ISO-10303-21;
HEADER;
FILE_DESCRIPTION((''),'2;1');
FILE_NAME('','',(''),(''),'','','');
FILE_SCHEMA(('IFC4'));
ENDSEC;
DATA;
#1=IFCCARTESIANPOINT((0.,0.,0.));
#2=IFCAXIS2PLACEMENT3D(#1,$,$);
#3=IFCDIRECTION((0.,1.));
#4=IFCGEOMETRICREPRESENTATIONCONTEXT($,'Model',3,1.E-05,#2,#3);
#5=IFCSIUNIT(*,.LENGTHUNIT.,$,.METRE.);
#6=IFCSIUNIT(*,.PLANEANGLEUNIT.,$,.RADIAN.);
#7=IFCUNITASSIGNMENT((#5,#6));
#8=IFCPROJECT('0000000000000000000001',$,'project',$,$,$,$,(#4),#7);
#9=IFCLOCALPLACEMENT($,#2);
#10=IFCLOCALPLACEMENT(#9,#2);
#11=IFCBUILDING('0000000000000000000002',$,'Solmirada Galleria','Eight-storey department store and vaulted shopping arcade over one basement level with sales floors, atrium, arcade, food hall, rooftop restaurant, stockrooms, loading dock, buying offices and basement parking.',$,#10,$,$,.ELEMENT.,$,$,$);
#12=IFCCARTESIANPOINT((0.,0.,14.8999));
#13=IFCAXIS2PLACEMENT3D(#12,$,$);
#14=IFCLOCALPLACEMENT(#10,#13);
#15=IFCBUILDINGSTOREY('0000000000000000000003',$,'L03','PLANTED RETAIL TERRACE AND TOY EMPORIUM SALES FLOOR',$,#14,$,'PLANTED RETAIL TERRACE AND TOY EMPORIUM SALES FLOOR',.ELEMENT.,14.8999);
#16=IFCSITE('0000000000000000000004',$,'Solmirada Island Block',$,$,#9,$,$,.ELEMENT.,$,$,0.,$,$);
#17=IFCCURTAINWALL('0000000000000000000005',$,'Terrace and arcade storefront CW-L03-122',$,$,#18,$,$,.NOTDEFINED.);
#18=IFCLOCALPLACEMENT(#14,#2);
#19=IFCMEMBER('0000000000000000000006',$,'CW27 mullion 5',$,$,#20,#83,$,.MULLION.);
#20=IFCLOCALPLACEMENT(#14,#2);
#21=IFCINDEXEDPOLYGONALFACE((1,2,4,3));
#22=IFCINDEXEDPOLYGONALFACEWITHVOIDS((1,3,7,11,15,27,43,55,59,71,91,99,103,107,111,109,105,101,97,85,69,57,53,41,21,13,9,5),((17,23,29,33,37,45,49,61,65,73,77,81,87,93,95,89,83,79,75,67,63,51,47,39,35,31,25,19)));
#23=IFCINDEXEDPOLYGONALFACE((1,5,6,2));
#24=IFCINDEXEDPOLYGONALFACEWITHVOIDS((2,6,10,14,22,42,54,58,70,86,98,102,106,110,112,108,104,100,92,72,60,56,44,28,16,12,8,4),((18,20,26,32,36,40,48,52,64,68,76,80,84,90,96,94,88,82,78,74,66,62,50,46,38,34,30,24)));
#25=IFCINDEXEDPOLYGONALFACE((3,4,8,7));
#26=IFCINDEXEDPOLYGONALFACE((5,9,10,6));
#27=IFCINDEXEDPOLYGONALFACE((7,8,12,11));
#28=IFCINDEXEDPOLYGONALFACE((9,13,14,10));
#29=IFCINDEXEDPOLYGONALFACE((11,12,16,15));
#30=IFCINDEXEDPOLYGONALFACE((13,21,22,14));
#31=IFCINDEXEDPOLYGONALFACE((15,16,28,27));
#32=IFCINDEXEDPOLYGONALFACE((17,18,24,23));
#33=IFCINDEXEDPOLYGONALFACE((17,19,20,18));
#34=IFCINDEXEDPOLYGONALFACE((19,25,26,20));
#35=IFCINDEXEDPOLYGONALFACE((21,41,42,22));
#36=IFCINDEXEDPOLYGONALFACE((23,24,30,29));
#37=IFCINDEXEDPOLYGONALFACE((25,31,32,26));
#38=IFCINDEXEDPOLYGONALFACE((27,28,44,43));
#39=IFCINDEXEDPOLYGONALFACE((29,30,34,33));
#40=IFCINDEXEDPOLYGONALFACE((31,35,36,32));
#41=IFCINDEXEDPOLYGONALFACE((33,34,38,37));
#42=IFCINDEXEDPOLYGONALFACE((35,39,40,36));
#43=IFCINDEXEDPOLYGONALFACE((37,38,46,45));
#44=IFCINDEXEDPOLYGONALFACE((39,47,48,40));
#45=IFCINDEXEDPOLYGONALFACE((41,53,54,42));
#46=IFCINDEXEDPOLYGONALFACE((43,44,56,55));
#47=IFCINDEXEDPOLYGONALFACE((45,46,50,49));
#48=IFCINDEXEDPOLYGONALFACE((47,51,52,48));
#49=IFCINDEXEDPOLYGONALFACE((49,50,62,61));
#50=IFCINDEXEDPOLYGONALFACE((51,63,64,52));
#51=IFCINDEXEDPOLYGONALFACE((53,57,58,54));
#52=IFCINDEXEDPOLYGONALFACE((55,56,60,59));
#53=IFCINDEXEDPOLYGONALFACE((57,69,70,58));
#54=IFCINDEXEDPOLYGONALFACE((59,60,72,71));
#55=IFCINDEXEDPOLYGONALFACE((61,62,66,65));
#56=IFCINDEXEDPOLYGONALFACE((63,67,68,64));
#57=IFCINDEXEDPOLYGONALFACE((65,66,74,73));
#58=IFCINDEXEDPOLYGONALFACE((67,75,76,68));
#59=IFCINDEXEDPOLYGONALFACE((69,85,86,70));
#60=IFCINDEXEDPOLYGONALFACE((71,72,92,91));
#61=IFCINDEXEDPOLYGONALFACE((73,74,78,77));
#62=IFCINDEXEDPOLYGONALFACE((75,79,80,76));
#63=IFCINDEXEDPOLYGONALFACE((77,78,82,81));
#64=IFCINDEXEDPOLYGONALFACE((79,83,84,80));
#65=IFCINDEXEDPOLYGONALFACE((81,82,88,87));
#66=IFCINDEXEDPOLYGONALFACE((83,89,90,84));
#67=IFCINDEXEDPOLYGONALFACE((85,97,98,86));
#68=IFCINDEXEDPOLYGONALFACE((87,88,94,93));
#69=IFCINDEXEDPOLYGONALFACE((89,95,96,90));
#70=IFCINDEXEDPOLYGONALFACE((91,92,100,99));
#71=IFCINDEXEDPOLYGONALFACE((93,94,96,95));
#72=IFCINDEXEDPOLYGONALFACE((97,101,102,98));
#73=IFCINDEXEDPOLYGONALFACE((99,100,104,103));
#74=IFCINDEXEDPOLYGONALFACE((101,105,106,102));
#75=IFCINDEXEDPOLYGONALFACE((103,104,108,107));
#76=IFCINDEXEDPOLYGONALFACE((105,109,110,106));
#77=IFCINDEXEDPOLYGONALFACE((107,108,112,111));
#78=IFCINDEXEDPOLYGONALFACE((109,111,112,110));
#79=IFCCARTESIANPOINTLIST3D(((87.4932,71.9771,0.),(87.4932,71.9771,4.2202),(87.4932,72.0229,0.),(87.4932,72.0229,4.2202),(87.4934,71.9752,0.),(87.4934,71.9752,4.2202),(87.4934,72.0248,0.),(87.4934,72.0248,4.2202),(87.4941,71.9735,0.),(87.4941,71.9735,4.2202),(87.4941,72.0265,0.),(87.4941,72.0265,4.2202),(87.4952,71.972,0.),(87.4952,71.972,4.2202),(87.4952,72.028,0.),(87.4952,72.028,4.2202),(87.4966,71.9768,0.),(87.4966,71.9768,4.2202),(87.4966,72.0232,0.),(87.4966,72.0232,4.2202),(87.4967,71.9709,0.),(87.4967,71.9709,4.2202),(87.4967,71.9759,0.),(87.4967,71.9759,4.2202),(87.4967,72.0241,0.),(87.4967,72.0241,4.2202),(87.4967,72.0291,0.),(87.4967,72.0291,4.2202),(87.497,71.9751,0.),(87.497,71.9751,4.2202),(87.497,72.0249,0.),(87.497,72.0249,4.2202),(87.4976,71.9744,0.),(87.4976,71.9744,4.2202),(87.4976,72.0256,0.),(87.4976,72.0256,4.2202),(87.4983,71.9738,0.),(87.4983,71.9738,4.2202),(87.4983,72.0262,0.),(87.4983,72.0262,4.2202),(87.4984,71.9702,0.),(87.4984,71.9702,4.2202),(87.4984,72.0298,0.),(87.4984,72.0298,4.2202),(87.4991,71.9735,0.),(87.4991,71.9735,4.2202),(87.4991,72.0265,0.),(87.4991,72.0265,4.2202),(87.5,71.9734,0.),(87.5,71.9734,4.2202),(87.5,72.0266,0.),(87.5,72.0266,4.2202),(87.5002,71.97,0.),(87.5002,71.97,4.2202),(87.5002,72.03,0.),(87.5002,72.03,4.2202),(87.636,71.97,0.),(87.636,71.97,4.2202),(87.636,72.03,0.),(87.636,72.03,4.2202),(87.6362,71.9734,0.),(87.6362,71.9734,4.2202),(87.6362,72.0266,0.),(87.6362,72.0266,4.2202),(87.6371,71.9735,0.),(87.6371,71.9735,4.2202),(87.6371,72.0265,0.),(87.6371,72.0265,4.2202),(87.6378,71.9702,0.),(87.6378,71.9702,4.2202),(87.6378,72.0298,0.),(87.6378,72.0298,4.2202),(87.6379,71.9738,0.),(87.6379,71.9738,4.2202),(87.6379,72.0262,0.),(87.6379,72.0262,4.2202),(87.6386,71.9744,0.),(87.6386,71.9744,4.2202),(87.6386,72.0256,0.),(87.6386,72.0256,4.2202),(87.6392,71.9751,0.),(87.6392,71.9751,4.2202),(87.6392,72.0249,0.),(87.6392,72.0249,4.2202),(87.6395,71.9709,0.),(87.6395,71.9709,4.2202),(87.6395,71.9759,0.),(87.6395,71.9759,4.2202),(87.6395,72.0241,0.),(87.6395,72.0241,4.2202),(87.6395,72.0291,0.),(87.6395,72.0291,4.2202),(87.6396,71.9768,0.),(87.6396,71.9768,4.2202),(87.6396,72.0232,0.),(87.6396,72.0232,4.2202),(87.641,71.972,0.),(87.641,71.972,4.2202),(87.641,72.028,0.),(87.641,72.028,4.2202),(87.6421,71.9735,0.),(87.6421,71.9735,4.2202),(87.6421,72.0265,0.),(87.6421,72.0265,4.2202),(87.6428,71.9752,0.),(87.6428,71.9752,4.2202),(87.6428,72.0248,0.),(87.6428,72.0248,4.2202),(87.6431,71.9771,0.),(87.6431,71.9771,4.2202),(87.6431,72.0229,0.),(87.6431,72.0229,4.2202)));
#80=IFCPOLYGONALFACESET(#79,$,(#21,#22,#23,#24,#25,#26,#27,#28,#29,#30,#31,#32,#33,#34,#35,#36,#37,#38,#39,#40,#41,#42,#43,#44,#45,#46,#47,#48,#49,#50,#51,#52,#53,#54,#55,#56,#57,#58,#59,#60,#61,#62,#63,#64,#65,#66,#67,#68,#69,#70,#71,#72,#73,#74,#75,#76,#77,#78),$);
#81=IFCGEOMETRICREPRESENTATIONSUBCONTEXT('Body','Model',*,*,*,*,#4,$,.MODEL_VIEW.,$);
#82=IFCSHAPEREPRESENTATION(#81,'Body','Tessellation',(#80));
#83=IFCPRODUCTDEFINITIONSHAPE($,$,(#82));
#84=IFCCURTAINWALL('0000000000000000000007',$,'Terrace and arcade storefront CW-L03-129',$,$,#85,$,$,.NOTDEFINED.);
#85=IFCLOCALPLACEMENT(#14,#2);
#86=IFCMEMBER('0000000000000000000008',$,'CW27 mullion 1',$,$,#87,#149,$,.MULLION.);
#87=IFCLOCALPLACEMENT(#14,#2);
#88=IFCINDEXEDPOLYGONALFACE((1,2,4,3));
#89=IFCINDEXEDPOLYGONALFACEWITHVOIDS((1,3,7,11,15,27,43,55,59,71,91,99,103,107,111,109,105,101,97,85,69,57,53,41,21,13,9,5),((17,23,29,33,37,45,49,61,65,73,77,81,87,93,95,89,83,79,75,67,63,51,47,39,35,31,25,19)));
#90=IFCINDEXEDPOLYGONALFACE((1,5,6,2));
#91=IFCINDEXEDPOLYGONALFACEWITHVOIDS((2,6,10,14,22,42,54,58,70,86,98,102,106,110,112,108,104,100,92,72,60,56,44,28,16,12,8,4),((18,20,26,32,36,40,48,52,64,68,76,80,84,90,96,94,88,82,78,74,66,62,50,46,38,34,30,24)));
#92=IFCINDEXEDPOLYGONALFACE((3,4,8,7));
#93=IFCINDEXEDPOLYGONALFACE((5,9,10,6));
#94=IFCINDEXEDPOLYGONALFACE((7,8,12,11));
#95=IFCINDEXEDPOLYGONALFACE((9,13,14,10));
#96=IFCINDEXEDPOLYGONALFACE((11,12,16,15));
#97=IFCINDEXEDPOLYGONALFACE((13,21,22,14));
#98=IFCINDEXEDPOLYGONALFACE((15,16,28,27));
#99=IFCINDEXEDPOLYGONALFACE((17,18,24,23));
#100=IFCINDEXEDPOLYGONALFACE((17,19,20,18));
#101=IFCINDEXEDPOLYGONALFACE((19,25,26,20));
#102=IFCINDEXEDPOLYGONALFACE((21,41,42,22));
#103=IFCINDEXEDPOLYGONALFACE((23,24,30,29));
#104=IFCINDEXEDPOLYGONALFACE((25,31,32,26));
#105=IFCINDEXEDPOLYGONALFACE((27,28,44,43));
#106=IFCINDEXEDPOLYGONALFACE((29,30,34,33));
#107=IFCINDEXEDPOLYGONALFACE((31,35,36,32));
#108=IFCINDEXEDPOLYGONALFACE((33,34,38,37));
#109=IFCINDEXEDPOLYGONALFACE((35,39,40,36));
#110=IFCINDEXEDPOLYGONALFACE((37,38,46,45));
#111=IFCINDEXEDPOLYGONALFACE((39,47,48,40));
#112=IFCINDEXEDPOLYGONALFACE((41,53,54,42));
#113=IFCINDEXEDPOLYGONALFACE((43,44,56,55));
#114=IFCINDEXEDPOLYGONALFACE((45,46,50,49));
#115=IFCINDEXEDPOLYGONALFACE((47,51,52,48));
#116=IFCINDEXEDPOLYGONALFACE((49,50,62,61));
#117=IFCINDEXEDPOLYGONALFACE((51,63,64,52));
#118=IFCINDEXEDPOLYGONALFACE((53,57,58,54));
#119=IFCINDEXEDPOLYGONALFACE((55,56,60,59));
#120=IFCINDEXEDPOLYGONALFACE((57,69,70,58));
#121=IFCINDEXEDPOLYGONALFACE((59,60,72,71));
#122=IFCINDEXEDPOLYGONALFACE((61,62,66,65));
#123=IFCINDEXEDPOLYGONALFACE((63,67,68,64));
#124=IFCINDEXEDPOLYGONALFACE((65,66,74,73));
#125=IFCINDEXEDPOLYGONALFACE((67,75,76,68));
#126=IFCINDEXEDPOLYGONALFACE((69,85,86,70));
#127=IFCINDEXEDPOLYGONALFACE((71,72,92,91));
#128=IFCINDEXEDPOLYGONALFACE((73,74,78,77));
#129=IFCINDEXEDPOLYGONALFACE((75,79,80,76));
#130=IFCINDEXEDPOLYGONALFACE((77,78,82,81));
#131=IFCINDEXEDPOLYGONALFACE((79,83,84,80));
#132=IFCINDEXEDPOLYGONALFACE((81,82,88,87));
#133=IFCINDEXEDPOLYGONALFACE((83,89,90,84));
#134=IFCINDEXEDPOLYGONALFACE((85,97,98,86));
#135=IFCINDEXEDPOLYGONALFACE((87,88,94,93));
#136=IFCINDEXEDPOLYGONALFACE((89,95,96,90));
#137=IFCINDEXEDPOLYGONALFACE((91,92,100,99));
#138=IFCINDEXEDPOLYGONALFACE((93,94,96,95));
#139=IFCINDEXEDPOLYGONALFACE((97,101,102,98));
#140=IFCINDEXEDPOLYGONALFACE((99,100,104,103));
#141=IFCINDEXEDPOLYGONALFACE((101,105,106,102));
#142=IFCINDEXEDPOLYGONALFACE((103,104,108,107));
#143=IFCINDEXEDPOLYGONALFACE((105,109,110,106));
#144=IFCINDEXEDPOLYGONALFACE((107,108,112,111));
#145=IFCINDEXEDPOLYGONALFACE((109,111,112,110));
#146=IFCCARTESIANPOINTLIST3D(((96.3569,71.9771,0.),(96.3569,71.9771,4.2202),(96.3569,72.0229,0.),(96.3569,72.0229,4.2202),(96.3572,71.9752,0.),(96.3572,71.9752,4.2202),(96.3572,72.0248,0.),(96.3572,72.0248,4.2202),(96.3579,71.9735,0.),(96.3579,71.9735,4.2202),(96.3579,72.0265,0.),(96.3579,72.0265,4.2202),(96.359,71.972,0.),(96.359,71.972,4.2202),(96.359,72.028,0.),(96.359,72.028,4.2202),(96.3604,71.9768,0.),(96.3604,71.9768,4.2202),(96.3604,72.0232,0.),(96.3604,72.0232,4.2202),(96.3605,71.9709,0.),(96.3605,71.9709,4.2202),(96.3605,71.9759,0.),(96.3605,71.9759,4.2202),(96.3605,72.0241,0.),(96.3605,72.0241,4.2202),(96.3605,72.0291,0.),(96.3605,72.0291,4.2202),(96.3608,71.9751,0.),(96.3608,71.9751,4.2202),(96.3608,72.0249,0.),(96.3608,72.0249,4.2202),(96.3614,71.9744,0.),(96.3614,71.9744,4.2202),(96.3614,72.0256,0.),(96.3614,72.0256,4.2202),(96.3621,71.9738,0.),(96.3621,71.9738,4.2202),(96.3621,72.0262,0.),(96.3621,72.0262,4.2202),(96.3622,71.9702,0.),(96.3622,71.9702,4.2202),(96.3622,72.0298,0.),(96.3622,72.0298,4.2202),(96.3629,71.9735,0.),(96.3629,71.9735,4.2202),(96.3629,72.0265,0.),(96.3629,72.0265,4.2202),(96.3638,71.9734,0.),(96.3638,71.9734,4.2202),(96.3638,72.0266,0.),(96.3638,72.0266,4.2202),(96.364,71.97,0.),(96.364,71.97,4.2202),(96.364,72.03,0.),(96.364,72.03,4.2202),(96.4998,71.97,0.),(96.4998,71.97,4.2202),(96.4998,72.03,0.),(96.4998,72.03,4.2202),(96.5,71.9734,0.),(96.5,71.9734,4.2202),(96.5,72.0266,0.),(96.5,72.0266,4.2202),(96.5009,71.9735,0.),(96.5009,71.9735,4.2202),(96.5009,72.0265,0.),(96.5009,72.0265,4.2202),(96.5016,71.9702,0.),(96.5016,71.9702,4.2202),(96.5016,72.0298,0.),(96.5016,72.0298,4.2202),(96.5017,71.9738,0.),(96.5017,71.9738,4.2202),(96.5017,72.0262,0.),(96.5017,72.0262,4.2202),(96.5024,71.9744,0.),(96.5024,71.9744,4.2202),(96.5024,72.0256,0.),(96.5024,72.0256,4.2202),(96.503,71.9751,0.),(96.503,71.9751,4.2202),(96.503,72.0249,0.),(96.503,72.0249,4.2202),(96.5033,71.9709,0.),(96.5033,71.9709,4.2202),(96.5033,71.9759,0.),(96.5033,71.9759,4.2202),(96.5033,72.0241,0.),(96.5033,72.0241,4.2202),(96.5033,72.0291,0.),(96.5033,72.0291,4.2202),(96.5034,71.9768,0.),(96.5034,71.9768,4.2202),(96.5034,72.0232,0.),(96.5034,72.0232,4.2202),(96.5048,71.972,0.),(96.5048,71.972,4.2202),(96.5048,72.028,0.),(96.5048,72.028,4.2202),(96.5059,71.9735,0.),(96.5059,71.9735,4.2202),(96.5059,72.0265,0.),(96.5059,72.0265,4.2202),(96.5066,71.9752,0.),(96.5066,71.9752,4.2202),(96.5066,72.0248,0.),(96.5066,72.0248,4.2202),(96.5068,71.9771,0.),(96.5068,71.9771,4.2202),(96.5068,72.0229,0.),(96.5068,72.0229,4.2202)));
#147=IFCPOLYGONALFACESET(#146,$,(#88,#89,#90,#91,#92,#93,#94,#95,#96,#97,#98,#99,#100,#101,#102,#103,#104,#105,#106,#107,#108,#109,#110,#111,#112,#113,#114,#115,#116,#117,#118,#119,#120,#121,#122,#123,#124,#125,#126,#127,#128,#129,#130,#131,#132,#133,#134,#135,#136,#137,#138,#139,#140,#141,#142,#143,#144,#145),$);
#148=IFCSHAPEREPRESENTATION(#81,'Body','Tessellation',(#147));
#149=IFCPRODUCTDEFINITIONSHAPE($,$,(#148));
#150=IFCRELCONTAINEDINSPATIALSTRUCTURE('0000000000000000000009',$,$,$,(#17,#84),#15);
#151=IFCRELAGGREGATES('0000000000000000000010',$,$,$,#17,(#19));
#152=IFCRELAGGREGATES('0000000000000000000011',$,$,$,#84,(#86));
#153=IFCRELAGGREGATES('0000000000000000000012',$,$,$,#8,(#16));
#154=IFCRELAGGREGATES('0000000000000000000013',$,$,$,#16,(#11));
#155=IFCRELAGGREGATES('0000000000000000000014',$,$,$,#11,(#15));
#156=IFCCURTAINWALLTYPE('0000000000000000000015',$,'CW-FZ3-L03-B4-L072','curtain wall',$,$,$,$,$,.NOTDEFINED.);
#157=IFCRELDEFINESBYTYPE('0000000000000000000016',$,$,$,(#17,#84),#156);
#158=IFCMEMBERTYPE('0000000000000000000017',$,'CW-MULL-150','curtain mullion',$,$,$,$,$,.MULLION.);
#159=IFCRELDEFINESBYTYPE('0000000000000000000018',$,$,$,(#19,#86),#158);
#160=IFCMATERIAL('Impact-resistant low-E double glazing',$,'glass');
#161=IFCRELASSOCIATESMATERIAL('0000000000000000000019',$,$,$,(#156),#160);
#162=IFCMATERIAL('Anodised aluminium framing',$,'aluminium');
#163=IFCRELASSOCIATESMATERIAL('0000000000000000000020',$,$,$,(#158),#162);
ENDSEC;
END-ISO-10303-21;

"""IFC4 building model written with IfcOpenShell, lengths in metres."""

from ifc_helpers import new_model, si_unit, direction, frame, origin, origin_2d, place, context, subcontext, project, spatial, hollow_rectangle, extrude, material, material_profile, profile_set, type_object, element, aggregate, save


model = new_model("IFC4")

# Units and contexts
model_context = context("Model", 3, precision=1e-05, world=origin(), true_north=direction((0.0, 1.0)))
body_context = subcontext(model_context, "Body", "Model", "MODEL_VIEW")
ifc_project = project(units=[si_unit("LENGTHUNIT", "METRE"), si_unit("PLANEANGLEUNIT", "RADIAN")], contexts=[model_context])

# Site, building, storey
site_placement = place(None, origin())
site = spatial("IfcSite", under=ifc_project, at=site_placement, Name="Solmirada Island Block", CompositionType="ELEMENT", RefElevation=0.0)
building_placement = place(site_placement, origin())
building = spatial("IfcBuilding", under=site, at=building_placement, Name="Solmirada Galleria", Description="Eight-storey department store and vaulted shopping arcade over one basement level with sales floors, atrium, arcade, food hall, rooftop restaurant, stockrooms, loading dock, buying offices and basement parking.", CompositionType="ELEMENT")
storey_placement = place(building_placement, frame((0.0, 0.0, 14.8999)))
storey = spatial("IfcBuildingStorey", under=building, at=storey_placement, Name="L03", Description="PLANTED RETAIL TERRACE AND TOY EMPORIUM SALES FLOOR", LongName="PLANTED RETAIL TERRACE AND TOY EMPORIUM SALES FLOOR", CompositionType="ELEMENT", Elevation=14.8999)

# Curtain wall, member
ifc_material_1 = material(Name="Impact-resistant low-E double glazing", Category="glass")
curtain_wall_type = type_object("IfcCurtainWallType", Name="CW-FZ3-L03-B4-L072", Description="curtain wall", PredefinedType="NOTDEFINED", material=ifc_material_1)
curtain_wall_1_placement = place(storey_placement, origin())
curtain_wall_1 = element("IfcCurtainWall", 1, at=curtain_wall_1_placement, inside=storey, type_object=curtain_wall_type, Name="Terrace and arcade storefront CW-L03-122", PredefinedType="NOTDEFINED")
ifc_material_2 = material(Name="Anodised aluminium framing", Category="aluminium")
ifc_material_profile_1 = material_profile(ifc_material_2, hollow_rectangle(XDim=0.0601, YDim=0.1499, WallThickness=0.0034, InnerFilletRadius=0.0034, OuterFilletRadius=0.0071, at=origin_2d()), Name="ALU-MULL-150X60")
ifc_profile_set_1 = profile_set([ifc_material_profile_1], Name="Anodised aluminium framing")
member_type_1 = type_object("IfcMemberType", Name="CW-MULL-150", Description="curtain mullion", PredefinedType="MULLION", material=ifc_profile_set_1)
member_1_placement = place(storey_placement, frame((87.5681, 72.0, 0.0), z_axis=(0.0, 0.0, 1.0), x_axis=(0.0, 1.0, 0.0)))
member_1 = element("IfcMember", 2, at=member_1_placement, type_object=member_type_1, Name="CW27 mullion 5", PredefinedType="MULLION", context=body_context, shape_type="SweptSolid", body=[
    extrude(hollow_rectangle(XDim=0.0601, YDim=0.1499, WallThickness=0.0034, InnerFilletRadius=0.0034, OuterFilletRadius=0.0071, at=origin_2d()), origin(), (0.0, 0.0, 1.0), 4.2202),
])

# Curtain wall, member
curtain_wall_2_placement = place(storey_placement, origin())
curtain_wall_2 = element("IfcCurtainWall", 3, at=curtain_wall_2_placement, inside=storey, type_object=curtain_wall_type, Name="Terrace and arcade storefront CW-L03-129", PredefinedType="NOTDEFINED")
member_2_placement = place(storey_placement, frame((96.4319, 72.0, 0.0), z_axis=(0.0, 0.0, 1.0), x_axis=(0.0, 1.0, 0.0)))
member_2 = element("IfcMember", 4, at=member_2_placement, type_object=member_type_1, Name="CW27 mullion 1", PredefinedType="MULLION", context=body_context, shape_type="SweptSolid", body=[
    extrude(hollow_rectangle(XDim=0.0601, YDim=0.1499, WallThickness=0.0034, InnerFilletRadius=0.0034, OuterFilletRadius=0.0071, at=origin_2d()), origin(), (0.0, 0.0, 1.0), 4.2202),
])

aggregate(curtain_wall_1, [member_1])
aggregate(curtain_wall_2, [member_2])

save(model, "model.ifc")
